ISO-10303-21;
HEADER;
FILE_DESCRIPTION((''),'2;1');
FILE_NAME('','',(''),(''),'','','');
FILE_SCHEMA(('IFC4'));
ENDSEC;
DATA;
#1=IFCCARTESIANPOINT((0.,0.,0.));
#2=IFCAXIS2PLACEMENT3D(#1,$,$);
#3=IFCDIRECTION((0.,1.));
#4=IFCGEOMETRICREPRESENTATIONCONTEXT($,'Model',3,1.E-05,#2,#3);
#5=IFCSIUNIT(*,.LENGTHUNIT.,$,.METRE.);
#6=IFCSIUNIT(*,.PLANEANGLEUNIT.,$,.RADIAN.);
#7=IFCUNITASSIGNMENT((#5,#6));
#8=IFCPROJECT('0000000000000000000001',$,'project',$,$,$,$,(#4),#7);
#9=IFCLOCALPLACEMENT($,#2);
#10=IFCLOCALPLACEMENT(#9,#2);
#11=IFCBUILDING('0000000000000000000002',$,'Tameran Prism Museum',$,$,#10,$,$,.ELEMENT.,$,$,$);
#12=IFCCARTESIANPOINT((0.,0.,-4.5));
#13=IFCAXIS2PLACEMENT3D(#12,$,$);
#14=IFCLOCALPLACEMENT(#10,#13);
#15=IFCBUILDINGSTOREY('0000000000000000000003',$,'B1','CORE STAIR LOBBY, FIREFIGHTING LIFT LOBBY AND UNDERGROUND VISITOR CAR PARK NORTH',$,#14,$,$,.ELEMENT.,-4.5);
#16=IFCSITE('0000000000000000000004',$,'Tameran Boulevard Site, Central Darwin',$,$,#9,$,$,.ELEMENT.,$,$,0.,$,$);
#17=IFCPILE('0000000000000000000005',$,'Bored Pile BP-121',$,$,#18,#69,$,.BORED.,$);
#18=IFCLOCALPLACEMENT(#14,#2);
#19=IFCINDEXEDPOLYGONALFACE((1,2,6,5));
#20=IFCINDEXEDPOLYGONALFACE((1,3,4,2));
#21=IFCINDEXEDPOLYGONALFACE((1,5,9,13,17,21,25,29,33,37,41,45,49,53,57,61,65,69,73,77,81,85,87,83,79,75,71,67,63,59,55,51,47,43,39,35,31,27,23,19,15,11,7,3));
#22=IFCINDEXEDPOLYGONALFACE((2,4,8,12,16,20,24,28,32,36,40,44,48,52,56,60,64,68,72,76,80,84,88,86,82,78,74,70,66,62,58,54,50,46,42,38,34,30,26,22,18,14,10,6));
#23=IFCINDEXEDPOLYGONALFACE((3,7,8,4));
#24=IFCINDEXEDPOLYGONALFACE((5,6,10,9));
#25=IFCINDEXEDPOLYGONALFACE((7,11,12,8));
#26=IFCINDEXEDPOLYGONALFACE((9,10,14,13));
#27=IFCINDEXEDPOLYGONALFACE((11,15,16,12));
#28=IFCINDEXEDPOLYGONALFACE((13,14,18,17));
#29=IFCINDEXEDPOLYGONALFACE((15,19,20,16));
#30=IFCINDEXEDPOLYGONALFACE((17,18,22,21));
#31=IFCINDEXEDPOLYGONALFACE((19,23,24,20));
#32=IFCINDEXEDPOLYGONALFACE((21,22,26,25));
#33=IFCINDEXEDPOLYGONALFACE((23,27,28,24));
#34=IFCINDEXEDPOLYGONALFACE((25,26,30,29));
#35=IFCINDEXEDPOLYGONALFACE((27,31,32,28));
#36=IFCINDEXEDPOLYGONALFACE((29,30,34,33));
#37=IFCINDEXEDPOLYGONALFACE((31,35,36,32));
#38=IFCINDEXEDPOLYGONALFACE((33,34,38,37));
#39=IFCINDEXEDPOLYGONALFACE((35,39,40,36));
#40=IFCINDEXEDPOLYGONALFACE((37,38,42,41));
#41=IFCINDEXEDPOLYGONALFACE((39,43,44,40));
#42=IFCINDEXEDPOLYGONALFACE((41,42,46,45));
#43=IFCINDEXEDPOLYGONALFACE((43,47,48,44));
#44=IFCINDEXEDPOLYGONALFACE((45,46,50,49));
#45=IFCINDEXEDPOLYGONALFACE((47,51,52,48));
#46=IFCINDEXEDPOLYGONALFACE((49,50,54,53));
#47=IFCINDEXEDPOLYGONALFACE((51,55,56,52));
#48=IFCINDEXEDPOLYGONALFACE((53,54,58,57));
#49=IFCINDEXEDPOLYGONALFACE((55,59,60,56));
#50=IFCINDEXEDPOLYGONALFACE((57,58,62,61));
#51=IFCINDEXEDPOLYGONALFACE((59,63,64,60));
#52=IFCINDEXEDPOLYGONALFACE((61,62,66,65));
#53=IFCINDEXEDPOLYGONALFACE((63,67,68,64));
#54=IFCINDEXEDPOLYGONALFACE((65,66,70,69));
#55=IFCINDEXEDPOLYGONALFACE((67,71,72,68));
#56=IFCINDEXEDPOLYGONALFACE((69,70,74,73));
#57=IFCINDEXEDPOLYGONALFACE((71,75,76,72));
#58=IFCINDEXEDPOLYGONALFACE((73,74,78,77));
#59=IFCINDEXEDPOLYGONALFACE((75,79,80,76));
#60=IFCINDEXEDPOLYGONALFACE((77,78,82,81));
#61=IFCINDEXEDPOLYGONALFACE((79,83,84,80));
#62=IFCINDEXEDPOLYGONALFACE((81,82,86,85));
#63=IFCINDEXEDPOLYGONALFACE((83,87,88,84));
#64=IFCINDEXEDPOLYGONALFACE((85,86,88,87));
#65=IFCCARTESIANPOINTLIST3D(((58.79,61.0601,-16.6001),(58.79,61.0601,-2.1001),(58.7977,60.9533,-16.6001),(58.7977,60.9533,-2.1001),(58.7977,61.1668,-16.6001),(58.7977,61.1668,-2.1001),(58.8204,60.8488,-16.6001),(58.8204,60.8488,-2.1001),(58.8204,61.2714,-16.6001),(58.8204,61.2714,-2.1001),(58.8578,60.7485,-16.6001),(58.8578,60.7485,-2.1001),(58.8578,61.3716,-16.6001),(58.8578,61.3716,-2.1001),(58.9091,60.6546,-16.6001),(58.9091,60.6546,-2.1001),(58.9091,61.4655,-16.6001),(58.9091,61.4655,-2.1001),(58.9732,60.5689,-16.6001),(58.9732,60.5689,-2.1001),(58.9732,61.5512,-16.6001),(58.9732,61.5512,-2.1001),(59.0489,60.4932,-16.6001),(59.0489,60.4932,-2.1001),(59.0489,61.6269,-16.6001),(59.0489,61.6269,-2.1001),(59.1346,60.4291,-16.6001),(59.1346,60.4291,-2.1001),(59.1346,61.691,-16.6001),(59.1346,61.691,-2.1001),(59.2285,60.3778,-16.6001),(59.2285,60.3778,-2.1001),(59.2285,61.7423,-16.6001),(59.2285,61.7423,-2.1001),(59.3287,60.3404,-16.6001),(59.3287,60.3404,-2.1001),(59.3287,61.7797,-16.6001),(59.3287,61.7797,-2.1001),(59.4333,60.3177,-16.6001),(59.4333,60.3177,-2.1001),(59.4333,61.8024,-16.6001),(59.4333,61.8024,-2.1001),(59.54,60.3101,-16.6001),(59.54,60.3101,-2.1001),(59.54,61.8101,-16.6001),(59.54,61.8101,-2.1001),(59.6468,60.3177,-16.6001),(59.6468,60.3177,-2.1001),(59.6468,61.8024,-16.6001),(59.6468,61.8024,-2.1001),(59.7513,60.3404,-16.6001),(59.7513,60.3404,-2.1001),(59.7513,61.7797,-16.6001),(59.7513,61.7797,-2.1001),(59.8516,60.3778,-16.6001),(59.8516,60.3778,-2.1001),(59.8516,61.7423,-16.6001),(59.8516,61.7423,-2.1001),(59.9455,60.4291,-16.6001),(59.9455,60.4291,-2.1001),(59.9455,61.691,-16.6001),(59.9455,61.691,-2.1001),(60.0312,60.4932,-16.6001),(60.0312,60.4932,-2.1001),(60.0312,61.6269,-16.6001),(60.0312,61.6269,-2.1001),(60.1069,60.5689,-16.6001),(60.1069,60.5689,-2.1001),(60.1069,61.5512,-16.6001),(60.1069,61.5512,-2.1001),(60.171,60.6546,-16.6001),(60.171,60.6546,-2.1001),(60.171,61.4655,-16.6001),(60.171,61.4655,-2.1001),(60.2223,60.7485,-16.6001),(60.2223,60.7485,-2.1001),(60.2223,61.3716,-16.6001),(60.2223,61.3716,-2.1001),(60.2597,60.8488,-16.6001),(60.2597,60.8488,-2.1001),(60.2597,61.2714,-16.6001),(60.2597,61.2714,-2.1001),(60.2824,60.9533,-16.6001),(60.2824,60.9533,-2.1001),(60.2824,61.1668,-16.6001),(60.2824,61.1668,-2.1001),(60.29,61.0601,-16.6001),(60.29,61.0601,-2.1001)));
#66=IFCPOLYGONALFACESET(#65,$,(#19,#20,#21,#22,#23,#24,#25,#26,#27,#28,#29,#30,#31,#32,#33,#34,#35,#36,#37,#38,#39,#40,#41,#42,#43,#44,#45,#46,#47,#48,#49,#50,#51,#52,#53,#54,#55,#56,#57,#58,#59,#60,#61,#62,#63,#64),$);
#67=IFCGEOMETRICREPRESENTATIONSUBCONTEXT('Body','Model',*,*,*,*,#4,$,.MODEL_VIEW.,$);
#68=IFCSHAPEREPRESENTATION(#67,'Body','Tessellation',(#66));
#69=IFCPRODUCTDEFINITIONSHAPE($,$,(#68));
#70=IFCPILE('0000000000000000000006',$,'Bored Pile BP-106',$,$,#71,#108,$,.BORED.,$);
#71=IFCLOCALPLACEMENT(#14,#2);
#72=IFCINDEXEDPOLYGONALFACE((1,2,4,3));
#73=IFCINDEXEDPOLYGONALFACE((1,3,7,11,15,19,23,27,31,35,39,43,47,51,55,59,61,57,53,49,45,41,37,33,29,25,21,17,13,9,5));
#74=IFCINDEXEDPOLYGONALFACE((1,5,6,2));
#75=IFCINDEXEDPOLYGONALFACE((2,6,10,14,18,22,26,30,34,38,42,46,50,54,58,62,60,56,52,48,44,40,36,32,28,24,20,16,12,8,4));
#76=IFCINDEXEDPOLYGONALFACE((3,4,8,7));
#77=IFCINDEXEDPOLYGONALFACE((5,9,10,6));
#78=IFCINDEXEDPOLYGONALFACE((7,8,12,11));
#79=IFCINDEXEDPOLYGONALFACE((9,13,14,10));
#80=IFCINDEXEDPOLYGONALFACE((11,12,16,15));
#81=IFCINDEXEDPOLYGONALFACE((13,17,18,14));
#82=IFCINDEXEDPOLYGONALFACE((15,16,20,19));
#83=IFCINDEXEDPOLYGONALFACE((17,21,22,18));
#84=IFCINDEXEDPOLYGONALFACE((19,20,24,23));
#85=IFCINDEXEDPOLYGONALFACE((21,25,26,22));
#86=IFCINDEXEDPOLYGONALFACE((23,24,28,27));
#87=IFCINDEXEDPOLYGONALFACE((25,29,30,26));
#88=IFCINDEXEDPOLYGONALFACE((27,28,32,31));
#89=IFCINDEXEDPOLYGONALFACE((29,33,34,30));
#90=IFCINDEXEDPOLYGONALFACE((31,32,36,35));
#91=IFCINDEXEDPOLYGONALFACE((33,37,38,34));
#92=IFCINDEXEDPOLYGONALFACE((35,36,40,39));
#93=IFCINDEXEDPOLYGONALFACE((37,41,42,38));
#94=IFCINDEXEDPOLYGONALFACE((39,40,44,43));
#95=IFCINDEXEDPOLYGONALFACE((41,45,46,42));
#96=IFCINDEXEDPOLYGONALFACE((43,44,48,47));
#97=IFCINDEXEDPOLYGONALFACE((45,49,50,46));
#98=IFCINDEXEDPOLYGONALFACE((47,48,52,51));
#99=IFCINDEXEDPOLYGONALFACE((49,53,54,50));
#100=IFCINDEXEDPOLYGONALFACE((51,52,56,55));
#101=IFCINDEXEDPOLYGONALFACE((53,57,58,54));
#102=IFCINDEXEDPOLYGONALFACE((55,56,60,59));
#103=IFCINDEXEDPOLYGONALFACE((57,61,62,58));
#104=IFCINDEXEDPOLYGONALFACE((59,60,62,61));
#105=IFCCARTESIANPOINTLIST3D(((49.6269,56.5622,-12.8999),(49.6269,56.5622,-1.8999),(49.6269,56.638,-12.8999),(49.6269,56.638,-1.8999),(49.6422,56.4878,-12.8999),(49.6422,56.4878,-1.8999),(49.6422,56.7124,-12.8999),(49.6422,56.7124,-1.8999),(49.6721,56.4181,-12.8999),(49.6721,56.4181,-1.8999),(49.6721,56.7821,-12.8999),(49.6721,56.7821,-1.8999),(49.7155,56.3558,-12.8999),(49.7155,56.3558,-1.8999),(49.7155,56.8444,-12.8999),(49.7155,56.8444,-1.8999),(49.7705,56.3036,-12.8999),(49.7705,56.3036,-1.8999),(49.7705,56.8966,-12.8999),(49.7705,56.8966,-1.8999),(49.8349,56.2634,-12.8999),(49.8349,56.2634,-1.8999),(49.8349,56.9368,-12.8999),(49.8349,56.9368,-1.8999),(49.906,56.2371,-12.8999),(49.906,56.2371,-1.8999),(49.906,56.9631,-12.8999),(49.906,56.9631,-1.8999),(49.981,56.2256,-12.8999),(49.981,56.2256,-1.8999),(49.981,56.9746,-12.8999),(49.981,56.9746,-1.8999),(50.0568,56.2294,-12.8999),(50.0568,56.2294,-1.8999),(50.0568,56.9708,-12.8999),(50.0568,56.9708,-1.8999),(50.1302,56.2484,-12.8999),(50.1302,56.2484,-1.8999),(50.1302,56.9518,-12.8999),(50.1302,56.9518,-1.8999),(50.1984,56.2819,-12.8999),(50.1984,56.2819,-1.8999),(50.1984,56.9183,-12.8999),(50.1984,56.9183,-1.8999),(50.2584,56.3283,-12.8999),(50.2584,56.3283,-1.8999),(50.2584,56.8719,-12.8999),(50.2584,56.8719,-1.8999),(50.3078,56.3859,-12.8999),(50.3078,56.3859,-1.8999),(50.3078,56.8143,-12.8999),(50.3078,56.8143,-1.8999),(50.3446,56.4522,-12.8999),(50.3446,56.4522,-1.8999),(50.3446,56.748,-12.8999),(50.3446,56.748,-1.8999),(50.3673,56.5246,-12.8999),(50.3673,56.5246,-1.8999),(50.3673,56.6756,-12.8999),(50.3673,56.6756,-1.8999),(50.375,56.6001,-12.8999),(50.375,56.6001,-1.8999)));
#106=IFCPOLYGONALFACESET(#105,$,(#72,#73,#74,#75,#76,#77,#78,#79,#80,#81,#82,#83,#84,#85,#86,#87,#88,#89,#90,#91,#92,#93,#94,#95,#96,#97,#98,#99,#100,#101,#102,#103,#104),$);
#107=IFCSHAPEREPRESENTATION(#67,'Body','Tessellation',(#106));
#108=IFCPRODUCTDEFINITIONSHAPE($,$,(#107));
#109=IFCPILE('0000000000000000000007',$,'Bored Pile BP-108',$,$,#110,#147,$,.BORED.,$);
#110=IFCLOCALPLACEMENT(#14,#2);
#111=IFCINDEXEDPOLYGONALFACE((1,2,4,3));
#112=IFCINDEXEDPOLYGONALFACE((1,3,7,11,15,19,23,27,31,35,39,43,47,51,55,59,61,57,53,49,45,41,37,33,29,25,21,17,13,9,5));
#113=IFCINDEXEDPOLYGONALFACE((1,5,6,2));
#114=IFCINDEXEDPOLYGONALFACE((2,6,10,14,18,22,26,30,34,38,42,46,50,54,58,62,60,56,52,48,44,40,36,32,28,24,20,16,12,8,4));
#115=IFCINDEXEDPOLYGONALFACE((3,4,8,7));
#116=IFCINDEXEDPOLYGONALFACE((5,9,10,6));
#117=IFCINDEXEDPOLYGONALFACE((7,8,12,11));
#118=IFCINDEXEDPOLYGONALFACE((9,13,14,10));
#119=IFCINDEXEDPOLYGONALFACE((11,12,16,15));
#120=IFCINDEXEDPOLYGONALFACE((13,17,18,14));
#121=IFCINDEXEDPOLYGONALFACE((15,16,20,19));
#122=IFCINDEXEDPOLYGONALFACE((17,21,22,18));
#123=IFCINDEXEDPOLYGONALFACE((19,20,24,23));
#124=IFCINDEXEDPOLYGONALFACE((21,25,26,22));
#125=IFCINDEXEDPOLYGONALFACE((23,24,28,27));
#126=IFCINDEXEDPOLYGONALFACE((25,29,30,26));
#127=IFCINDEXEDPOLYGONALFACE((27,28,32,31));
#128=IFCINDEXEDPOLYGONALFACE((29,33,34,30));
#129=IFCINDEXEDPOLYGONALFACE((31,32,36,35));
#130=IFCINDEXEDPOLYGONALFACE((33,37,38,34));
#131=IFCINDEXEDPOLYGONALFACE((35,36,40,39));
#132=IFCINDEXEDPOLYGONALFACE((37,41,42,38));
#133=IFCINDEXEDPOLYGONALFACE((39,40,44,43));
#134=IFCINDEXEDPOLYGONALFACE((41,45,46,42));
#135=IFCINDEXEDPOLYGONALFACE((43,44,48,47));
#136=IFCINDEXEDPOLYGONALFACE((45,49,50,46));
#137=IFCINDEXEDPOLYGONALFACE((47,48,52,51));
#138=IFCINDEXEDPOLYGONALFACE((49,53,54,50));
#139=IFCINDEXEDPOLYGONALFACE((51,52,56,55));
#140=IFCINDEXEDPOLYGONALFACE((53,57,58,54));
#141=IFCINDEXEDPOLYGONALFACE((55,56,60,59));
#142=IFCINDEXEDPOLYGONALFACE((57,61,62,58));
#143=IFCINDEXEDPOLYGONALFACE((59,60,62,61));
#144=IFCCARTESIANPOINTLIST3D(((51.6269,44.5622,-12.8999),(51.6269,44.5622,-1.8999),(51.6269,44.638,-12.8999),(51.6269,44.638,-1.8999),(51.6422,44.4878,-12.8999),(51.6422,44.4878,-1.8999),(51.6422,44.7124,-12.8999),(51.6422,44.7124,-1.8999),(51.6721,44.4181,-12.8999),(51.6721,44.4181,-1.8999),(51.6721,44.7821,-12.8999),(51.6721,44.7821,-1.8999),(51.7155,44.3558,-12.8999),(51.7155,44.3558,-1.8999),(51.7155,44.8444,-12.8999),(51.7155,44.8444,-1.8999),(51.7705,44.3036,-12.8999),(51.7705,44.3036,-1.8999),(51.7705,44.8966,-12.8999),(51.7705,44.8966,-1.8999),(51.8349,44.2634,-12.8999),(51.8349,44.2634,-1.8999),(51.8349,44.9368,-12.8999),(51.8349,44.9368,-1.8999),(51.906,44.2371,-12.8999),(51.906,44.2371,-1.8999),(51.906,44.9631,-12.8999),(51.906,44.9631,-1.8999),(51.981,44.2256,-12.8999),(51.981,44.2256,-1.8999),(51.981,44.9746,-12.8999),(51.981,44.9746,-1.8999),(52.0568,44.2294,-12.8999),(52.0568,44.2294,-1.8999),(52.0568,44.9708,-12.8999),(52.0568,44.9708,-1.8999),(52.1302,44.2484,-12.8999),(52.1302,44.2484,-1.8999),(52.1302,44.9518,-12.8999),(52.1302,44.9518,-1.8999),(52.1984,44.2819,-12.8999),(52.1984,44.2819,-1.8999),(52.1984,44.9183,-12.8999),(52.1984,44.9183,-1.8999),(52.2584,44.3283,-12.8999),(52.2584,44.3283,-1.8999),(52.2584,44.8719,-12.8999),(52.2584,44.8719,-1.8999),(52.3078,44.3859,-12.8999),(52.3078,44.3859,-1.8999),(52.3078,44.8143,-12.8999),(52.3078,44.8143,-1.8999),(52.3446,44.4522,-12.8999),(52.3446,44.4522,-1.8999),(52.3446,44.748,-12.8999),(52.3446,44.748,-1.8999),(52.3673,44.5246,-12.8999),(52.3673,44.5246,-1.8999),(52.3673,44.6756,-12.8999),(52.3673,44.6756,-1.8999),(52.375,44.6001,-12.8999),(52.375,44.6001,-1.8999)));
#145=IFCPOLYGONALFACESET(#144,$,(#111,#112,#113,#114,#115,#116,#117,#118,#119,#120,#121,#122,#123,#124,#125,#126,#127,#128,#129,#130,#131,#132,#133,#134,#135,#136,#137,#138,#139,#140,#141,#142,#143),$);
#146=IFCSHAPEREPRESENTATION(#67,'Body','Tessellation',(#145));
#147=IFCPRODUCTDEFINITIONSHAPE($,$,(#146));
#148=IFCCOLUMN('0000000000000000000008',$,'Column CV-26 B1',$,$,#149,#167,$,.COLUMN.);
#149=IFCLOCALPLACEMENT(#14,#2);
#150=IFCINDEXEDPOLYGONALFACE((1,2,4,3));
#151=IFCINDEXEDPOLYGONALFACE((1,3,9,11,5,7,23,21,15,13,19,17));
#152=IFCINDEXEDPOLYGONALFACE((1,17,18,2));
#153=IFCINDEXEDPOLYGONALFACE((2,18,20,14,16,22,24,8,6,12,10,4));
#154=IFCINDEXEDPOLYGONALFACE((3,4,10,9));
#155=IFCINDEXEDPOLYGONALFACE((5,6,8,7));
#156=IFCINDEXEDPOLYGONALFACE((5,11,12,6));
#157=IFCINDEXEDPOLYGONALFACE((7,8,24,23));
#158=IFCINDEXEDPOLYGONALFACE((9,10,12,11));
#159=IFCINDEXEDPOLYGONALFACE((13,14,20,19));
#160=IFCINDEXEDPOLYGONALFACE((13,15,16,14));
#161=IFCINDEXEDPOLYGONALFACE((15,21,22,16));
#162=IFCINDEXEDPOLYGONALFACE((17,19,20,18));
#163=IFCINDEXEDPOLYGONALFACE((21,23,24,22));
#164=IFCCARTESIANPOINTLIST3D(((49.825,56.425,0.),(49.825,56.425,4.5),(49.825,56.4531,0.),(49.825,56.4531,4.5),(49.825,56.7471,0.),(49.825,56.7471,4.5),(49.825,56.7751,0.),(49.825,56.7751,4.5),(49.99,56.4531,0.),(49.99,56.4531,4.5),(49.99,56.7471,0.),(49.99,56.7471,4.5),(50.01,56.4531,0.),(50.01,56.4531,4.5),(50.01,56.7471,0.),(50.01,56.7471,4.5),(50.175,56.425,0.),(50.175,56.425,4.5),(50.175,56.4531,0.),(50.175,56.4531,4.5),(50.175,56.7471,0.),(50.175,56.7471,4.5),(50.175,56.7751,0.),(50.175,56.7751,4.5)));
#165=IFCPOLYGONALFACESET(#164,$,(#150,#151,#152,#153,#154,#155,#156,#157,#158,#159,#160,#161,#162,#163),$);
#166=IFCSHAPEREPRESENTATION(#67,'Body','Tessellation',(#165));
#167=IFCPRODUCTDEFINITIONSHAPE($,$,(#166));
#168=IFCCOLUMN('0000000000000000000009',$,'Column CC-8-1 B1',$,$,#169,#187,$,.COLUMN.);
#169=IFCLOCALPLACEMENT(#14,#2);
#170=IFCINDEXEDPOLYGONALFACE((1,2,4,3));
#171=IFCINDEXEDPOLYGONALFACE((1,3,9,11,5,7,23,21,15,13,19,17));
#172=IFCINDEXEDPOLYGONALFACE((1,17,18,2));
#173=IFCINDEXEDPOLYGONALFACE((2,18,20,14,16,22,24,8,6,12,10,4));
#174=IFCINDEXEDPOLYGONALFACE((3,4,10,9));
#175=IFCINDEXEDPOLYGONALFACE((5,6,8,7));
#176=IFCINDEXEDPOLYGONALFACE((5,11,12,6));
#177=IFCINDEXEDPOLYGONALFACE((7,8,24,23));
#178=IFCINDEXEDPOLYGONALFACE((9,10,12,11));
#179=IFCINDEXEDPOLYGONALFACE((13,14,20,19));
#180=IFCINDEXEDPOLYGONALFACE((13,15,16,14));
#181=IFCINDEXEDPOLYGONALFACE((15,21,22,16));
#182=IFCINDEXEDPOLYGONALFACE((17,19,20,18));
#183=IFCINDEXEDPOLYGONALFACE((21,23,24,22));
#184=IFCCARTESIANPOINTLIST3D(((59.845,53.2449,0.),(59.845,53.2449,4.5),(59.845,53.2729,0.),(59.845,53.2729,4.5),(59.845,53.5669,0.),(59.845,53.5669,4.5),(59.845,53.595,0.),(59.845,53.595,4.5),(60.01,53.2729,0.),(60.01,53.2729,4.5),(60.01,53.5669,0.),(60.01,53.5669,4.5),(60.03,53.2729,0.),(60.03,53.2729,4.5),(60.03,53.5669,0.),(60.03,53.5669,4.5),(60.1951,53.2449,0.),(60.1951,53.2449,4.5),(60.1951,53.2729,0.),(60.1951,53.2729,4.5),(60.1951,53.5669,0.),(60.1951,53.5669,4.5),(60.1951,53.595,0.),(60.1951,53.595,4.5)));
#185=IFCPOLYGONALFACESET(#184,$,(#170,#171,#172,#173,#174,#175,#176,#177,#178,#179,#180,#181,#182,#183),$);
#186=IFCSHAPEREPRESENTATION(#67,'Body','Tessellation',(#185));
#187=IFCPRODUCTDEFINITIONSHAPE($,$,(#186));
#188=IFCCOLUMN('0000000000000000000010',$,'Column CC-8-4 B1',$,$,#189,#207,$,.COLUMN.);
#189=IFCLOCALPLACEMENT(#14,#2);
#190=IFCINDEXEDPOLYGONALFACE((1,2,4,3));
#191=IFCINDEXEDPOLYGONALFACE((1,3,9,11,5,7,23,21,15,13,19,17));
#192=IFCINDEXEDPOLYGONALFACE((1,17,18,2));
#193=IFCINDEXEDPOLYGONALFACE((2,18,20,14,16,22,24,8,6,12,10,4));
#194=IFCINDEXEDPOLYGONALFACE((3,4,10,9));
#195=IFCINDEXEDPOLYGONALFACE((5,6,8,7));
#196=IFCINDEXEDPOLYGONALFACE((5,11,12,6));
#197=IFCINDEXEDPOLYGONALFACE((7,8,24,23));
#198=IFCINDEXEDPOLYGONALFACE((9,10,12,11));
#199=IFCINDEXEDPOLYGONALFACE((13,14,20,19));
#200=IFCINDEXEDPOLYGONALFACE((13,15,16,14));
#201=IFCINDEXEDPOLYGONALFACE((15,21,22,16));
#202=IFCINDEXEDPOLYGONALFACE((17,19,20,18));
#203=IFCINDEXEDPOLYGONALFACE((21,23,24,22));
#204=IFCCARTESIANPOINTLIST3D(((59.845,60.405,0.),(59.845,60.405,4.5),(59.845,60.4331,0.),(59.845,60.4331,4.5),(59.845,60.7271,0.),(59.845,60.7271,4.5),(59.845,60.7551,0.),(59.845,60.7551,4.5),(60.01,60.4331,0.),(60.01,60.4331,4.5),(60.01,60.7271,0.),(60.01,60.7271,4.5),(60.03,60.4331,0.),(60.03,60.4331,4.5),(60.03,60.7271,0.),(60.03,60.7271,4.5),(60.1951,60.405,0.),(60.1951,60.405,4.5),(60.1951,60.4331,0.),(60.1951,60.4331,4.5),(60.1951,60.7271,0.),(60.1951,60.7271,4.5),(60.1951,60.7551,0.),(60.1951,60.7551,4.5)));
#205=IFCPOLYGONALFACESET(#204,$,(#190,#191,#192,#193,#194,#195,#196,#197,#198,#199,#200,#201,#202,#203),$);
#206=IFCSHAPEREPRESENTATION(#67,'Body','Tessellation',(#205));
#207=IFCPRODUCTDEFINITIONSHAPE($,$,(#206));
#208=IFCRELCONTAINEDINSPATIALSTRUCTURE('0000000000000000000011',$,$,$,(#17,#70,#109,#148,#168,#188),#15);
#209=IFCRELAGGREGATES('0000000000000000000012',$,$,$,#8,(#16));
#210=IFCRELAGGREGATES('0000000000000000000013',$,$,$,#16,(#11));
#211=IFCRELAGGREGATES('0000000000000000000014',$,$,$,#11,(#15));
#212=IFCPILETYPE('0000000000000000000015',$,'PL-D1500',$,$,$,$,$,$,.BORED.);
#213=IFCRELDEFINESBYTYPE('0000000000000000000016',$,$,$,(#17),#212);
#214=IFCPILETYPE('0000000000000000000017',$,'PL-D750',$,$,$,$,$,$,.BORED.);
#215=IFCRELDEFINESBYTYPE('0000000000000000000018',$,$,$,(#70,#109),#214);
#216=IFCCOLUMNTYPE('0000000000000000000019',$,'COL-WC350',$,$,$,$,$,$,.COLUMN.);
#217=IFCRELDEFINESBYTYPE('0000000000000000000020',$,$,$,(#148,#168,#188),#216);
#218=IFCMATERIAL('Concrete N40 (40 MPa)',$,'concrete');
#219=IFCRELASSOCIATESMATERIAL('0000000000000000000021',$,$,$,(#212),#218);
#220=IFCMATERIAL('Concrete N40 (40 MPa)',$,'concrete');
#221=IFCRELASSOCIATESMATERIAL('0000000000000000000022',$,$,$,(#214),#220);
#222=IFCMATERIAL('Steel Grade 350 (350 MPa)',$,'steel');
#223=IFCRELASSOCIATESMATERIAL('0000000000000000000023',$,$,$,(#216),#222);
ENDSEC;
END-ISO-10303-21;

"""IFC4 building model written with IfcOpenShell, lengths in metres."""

from ifc_helpers import new_model, si_unit, direction, frame, origin, origin_2d, place, context, subcontext, project, spatial, circle, i_section, extrude, material, material_profile, profile_set, type_object, element, save


model = new_model("IFC4")

# Units and contexts
model_context = context("Model", 3, precision=1e-05, world=origin(), true_north=direction((0.0, 1.0)))
body_context = subcontext(model_context, "Body", "Model", "MODEL_VIEW")
ifc_project = project(units=[si_unit("LENGTHUNIT", "METRE"), si_unit("PLANEANGLEUNIT", "RADIAN")], contexts=[model_context])

# Site, building, storey
site_placement = place(None, origin())
site = spatial("IfcSite", under=ifc_project, at=site_placement, Name="Tameran Boulevard Site, Central Darwin", CompositionType="ELEMENT", RefElevation=0.0)
building_placement = place(site_placement, origin())
building = spatial("IfcBuilding", under=site, at=building_placement, Name="Tameran Prism Museum", CompositionType="ELEMENT")
storey_placement = place(building_placement, frame((0.0, 0.0, -4.5)))
storey = spatial("IfcBuildingStorey", under=building, at=storey_placement, Name="B1", Description="CORE STAIR LOBBY, FIREFIGHTING LIFT LOBBY AND UNDERGROUND VISITOR CAR PARK NORTH", CompositionType="ELEMENT", Elevation=-4.5)

# Piles
ifc_material_1 = material(Name="Concrete N40 (40 MPa)", Category="concrete")
ifc_material_profile_1 = material_profile(ifc_material_1, circle(Radius=0.75, at=origin_2d()))
ifc_profile_set_1 = profile_set([ifc_material_profile_1])
pile_type_1 = type_object("IfcPileType", Name="PL-D1500", PredefinedType="BORED", material=ifc_profile_set_1)
for number, where, z_axis, x_axis, name in (
    (1, (59.54, 61.0601, -2.1001), (0.0, 0.0, -1.0), (1.0, 0.0, 0.0), "Bored Pile BP-121"),
):
    element("IfcPile", number, at=place(storey_placement, frame(where, z_axis=z_axis, x_axis=x_axis)), inside=storey, type_object=pile_type_1, Name=name, PredefinedType="BORED", context=body_context, shape_type="SweptSolid", body=[
        extrude(circle(Radius=0.75, at=origin_2d()), origin(), (0.0, 0.0, 1.0), 14.5),
    ])
ifc_material_2 = material(Name="Concrete N40 (40 MPa)", Category="concrete")
ifc_material_profile_2 = material_profile(ifc_material_2, circle(Radius=0.375, at=origin_2d()))
ifc_profile_set_2 = profile_set([ifc_material_profile_2])
pile_type_2 = type_object("IfcPileType", Name="PL-D750", PredefinedType="BORED", material=ifc_profile_set_2)
for number, where, z_axis, x_axis, name in (
    (2, (50.0, 56.6001, -1.8999), (0.0, 0.0, -1.0), (1.0, 0.0, 0.0), "Bored Pile BP-106"),
    (3, (52.0, 44.6001, -1.8999), (0.0, 0.0, -1.0), (1.0, 0.0, 0.0), "Bored Pile BP-108"),
):
    element("IfcPile", number, at=place(storey_placement, frame(where, z_axis=z_axis, x_axis=x_axis)), inside=storey, type_object=pile_type_2, Name=name, PredefinedType="BORED", context=body_context, shape_type="SweptSolid", body=[
        extrude(circle(Radius=0.375, at=origin_2d()), origin(), (0.0, 0.0, 1.0), 11.0),
    ])

# Columns
ifc_material_3 = material(Name="Steel Grade 350 (350 MPa)", Category="steel")
ifc_material_profile_3 = material_profile(ifc_material_3, i_section(OverallWidth=0.3501, OverallDepth=0.3501, WebThickness=0.02, FlangeThickness=0.0281, at=origin_2d()))
ifc_profile_set_3 = profile_set([ifc_material_profile_3])
column_type_1 = type_object("IfcColumnType", Name="COL-WC350", PredefinedType="COLUMN", material=ifc_profile_set_3)
for number, where, z_axis, x_axis, name in (
    (4, (50.0, 56.6001, 0.0), (0.0, 0.0, 1.0), (1.0, 0.0, 0.0), "Column CV-26 B1"),
    (5, (60.02, 53.4199, 0.0), (0.0, 0.0, 1.0), (1.0, 0.0, 0.0), "Column CC-8-1 B1"),
    (6, (60.02, 60.5801, 0.0), (0.0, 0.0, 1.0), (1.0, 0.0, 0.0), "Column CC-8-4 B1"),
):
    element("IfcColumn", number, at=place(storey_placement, frame(where, z_axis=z_axis, x_axis=x_axis)), inside=storey, type_object=column_type_1, Name=name, PredefinedType="COLUMN", context=body_context, shape_type="SweptSolid", body=[
        extrude(i_section(OverallWidth=0.3501, OverallDepth=0.3501, WebThickness=0.02, FlangeThickness=0.0281, at=origin_2d()), origin(), (0.0, 0.0, 1.0), 4.5),
    ])

save(model, "model.ifc")
